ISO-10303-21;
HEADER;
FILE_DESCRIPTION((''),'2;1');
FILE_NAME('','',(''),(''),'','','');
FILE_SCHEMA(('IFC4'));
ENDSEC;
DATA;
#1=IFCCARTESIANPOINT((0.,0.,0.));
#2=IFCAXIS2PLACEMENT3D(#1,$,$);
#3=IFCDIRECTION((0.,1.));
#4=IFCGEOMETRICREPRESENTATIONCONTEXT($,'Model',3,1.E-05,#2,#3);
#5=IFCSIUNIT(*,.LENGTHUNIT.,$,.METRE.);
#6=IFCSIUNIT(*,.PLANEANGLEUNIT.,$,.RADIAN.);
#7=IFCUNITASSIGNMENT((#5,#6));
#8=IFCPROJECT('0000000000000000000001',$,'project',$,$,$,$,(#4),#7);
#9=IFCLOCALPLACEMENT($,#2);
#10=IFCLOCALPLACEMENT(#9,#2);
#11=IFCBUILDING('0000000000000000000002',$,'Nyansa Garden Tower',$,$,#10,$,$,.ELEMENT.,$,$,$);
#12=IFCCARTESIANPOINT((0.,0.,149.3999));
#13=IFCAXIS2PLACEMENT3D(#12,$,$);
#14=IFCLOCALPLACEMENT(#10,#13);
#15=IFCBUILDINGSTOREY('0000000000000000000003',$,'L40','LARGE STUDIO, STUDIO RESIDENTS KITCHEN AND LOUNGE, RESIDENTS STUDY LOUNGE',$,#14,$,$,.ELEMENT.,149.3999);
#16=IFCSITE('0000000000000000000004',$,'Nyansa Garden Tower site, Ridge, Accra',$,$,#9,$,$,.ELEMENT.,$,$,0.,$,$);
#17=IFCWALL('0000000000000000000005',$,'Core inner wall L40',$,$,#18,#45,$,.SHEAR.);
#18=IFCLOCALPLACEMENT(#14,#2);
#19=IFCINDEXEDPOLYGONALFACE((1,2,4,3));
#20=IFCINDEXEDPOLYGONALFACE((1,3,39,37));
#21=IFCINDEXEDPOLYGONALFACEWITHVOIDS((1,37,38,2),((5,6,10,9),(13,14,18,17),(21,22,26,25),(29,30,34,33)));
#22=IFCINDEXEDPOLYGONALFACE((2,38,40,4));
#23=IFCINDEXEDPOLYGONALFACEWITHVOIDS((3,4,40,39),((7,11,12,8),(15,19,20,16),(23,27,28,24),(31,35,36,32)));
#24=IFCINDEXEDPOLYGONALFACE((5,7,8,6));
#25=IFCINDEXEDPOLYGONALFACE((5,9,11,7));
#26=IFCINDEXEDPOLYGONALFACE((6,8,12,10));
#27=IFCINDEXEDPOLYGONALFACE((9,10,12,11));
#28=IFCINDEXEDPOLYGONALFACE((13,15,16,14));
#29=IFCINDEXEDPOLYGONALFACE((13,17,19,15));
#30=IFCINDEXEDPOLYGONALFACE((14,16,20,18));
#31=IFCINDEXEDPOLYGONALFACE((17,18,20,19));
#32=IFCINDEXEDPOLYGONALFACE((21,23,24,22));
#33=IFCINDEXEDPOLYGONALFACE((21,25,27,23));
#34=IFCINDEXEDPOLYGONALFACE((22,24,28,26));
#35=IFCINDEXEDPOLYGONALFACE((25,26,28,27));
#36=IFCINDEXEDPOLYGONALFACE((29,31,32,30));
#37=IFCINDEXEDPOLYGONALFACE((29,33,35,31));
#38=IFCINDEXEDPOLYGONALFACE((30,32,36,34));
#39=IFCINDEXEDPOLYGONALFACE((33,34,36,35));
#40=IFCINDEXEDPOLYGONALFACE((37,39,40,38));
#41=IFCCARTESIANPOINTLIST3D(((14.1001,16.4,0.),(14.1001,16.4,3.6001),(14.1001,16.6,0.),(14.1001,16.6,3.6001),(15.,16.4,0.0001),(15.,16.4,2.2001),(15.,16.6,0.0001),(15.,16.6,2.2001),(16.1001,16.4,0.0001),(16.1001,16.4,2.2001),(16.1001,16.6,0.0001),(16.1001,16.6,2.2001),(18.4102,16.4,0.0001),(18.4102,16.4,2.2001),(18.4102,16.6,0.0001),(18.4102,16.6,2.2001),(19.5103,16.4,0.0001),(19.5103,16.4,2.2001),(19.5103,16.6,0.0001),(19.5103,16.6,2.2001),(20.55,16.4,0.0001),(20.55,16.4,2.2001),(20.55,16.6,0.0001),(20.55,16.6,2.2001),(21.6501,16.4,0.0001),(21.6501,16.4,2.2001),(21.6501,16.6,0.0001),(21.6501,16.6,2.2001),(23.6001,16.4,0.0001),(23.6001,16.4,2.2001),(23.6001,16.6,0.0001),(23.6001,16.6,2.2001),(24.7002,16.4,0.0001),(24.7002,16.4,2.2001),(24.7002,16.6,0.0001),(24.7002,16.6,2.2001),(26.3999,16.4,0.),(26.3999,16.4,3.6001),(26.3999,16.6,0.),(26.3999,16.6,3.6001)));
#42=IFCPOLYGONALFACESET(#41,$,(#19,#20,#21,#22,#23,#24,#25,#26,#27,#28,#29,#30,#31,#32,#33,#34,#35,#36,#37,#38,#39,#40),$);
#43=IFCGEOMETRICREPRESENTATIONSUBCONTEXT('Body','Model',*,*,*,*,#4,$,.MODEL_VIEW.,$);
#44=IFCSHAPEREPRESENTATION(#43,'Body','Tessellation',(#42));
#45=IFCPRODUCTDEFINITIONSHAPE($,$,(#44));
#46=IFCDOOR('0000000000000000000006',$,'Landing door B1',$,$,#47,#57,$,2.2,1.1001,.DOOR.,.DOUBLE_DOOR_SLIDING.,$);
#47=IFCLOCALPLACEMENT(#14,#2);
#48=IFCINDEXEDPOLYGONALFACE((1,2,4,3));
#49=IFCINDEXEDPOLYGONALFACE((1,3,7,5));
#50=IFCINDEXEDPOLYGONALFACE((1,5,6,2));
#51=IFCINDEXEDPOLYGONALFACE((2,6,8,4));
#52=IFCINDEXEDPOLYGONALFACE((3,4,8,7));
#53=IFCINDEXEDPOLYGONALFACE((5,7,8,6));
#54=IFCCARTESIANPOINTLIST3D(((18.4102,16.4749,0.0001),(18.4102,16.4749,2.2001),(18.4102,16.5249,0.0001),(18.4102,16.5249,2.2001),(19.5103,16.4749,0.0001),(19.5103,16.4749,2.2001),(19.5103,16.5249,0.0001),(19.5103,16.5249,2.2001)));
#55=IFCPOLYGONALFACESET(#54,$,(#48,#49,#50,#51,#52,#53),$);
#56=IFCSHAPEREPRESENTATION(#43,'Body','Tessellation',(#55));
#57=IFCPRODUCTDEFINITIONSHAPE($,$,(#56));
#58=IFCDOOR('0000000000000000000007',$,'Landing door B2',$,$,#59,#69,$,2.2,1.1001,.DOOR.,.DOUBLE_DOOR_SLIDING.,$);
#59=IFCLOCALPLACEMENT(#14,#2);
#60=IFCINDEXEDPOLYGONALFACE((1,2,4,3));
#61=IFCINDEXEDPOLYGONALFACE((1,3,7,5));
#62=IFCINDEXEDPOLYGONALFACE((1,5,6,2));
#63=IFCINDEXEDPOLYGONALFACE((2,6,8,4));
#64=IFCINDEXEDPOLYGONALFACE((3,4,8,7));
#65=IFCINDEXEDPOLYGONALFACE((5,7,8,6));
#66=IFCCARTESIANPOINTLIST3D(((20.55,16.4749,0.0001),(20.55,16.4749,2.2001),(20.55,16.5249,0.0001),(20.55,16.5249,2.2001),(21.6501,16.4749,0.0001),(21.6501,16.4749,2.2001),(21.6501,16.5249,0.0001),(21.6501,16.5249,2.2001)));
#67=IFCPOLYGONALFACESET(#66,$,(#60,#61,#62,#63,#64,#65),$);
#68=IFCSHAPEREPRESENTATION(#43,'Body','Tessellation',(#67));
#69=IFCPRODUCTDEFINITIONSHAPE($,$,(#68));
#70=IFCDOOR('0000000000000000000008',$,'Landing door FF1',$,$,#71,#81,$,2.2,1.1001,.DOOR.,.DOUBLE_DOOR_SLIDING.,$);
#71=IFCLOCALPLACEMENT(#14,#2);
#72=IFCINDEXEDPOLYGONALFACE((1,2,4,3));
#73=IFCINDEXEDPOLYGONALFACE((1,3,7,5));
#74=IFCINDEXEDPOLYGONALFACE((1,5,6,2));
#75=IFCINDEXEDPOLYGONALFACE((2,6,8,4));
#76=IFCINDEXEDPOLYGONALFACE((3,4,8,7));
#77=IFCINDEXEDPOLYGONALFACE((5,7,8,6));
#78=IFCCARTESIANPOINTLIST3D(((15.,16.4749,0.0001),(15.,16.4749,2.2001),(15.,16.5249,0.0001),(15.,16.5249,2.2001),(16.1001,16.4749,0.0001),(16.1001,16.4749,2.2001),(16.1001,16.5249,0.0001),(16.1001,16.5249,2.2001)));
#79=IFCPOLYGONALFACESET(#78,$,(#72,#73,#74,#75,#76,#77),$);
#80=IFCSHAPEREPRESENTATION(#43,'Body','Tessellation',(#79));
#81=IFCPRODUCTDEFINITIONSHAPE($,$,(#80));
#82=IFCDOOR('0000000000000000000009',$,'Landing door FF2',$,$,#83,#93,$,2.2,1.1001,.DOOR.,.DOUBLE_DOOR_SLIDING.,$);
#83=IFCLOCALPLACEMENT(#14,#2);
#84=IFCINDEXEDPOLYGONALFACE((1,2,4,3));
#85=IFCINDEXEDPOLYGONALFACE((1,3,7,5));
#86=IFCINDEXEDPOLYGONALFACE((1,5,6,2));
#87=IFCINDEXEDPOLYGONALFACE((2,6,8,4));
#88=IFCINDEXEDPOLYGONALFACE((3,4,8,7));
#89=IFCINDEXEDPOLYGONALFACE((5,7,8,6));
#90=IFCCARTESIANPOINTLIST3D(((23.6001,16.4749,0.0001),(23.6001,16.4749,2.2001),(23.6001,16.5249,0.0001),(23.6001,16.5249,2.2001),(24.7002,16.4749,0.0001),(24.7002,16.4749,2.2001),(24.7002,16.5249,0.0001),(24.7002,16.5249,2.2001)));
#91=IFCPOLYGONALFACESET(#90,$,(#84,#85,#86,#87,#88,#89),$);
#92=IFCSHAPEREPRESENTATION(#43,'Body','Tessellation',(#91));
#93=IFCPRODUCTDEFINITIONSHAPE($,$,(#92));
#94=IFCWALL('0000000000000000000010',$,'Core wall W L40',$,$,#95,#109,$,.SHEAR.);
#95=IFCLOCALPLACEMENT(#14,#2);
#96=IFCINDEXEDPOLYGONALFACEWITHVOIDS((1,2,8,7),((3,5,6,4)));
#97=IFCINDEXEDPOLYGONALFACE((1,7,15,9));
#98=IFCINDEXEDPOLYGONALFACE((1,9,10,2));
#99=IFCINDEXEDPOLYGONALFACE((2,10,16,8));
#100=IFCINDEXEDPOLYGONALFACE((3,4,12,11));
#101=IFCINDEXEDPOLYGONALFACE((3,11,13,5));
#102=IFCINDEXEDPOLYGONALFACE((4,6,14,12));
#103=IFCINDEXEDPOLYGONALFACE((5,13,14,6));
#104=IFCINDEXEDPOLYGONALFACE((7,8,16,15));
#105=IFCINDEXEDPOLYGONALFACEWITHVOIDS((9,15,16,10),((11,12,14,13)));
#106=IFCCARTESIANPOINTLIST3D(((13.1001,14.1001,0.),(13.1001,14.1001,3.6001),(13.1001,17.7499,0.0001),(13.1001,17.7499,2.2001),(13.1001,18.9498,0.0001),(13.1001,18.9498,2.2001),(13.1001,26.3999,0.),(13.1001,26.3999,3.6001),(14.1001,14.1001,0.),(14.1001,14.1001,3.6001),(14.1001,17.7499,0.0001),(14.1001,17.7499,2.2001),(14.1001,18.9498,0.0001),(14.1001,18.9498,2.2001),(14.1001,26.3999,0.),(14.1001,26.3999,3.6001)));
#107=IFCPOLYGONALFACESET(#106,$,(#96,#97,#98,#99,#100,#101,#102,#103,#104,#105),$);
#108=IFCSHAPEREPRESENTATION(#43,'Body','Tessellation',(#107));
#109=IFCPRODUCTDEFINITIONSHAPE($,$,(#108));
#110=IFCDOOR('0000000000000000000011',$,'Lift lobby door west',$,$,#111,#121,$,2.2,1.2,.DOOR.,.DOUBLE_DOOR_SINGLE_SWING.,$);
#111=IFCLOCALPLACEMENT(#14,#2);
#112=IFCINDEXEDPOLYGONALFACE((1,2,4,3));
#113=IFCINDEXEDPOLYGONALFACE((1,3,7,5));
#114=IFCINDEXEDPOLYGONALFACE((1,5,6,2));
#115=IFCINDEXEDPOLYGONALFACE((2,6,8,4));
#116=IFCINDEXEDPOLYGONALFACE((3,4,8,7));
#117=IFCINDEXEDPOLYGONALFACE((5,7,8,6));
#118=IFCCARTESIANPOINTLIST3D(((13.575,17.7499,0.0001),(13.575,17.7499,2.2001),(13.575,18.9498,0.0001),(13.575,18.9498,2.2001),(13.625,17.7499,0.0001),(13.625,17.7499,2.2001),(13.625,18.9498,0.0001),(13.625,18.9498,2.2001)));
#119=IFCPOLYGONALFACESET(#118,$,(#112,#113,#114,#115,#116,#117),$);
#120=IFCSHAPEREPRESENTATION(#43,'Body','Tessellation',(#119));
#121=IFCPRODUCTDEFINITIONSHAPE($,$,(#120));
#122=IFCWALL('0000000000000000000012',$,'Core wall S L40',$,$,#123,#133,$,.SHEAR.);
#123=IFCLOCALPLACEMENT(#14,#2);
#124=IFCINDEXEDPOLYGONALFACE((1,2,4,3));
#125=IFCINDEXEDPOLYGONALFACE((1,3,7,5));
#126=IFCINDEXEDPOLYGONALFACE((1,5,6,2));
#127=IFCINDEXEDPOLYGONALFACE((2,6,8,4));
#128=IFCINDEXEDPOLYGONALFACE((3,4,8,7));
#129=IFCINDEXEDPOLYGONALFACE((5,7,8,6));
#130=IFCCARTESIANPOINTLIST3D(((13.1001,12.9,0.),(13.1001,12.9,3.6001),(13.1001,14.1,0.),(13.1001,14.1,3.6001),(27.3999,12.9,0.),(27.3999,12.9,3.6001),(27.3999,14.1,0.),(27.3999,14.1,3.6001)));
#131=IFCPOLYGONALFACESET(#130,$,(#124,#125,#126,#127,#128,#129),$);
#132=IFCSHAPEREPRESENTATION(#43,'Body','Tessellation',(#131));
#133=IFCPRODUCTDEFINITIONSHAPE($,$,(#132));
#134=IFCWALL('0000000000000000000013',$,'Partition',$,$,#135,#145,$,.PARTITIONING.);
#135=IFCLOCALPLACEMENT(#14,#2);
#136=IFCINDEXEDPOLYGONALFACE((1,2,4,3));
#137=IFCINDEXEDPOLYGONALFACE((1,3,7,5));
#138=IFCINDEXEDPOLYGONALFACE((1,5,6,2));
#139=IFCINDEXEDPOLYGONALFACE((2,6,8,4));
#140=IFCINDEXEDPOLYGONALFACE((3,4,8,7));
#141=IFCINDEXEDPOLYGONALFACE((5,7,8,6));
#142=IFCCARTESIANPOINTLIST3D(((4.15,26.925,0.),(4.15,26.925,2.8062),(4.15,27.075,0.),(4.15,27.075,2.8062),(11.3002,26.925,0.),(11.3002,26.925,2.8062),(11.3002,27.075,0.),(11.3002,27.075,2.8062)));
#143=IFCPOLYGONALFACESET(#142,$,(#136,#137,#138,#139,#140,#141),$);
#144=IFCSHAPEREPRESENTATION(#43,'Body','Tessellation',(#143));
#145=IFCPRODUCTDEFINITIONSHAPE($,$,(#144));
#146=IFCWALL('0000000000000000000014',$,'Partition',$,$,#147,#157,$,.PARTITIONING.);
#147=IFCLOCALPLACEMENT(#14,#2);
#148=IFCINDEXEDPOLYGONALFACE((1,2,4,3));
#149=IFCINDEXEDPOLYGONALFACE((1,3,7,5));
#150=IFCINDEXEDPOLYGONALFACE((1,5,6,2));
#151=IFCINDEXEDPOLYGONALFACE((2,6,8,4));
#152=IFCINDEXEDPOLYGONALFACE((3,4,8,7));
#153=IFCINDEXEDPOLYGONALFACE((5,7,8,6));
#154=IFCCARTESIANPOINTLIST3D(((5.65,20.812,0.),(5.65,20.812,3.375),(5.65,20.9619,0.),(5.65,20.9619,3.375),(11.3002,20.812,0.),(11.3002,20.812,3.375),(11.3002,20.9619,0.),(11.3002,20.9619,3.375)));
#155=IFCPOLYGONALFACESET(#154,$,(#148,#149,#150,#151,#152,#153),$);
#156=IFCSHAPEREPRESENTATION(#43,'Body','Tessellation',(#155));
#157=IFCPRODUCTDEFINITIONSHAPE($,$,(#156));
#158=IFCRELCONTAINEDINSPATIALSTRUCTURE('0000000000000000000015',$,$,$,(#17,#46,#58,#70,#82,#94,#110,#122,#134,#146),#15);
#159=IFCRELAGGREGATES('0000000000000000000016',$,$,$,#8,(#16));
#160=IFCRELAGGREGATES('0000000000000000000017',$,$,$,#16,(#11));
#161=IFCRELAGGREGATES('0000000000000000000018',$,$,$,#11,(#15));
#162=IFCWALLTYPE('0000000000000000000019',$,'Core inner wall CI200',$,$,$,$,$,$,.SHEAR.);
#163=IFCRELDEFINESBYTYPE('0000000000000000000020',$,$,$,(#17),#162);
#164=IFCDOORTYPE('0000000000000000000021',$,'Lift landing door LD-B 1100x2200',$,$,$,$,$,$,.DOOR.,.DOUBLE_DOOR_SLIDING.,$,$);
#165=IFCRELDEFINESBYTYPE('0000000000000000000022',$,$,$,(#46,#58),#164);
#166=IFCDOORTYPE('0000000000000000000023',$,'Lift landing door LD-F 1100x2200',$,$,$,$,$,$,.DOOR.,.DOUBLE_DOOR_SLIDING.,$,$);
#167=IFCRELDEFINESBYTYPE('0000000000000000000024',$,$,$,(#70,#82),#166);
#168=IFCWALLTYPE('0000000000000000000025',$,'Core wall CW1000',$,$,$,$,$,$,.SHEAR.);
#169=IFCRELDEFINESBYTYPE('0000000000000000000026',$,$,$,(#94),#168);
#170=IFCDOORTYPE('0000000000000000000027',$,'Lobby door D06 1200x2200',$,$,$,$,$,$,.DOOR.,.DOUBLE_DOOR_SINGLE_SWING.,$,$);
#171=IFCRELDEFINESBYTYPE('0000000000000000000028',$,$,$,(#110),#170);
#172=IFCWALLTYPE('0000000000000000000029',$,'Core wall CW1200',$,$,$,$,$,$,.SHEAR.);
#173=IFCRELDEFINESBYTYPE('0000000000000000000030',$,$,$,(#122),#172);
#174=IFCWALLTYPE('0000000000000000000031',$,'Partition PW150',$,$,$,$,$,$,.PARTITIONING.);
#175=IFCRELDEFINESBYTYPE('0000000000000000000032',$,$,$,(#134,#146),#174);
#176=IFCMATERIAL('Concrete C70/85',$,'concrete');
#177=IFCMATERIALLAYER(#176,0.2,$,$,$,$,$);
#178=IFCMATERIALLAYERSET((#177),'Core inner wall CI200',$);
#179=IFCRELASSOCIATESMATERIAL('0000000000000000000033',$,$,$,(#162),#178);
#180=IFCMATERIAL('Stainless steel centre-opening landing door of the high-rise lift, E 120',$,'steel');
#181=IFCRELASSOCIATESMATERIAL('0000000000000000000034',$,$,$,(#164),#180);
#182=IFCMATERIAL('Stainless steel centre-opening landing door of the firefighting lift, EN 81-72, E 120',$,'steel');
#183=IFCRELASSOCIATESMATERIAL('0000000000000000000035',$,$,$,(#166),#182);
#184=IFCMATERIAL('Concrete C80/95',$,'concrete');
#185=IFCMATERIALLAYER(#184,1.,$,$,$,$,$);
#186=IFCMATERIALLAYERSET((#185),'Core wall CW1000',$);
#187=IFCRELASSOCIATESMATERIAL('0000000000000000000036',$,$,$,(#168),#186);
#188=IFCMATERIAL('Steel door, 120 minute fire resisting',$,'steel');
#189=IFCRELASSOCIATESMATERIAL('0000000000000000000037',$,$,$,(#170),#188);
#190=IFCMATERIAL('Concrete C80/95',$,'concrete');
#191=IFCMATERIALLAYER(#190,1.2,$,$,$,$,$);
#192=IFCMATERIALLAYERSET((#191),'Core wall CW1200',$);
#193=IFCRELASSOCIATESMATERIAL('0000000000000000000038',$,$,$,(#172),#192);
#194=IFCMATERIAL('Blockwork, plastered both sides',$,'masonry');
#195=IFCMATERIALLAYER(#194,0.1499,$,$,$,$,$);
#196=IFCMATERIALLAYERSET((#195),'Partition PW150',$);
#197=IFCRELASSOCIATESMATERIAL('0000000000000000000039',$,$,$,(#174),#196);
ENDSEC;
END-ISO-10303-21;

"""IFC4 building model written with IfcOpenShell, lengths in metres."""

from ifc_helpers import new_model, si_unit, direction, frame, frame_2d, origin, place, context, subcontext, project, spatial, rectangle, extrude, material, layer, layer_set, type_object, element, fill, save


model = new_model("IFC4")

# Units and contexts
model_context = context("Model", 3, precision=1e-05, world=origin(), true_north=direction((0.0, 1.0)))
body_context = subcontext(model_context, "Body", "Model", "MODEL_VIEW")
ifc_project = project(units=[si_unit("LENGTHUNIT", "METRE"), si_unit("PLANEANGLEUNIT", "RADIAN")], contexts=[model_context])

# Site, building, storey
site_placement = place(None, origin())
site = spatial("IfcSite", under=ifc_project, at=site_placement, Name="Nyansa Garden Tower site, Ridge, Accra", CompositionType="ELEMENT", RefElevation=0.0)
building_placement = place(site_placement, origin())
building = spatial("IfcBuilding", under=site, at=building_placement, Name="Nyansa Garden Tower", CompositionType="ELEMENT")
storey_placement = place(building_placement, frame((0.0, 0.0, 149.3999)))
storey = spatial("IfcBuildingStorey", under=building, at=storey_placement, Name="L40", Description="LARGE STUDIO, STUDIO RESIDENTS KITCHEN AND LOUNGE, RESIDENTS STUDY LOUNGE", CompositionType="ELEMENT", Elevation=149.3999)

# Wall, openings, doors
ifc_material_1 = material(Name="Concrete C70/85", Category="concrete")
ifc_layer_1 = layer(ifc_material_1, 0.2)
ifc_layer_set_1 = layer_set([ifc_layer_1], Name="Core inner wall CI200")
wall_type_1 = type_object("IfcWallType", Name="Core inner wall CI200", PredefinedType="SHEAR", material=ifc_layer_set_1)
wall_1_placement = place(storey_placement, frame((14.1001, 16.5, 0.0), z_axis=(0.0, 0.0, 1.0), x_axis=(1.0, 0.0, 0.0)))
wall_1 = element("IfcWall", 1, at=wall_1_placement, inside=storey, type_object=wall_type_1, Name="Core inner wall L40", PredefinedType="SHEAR", context=body_context, shape_type="SweptSolid", body=[
    extrude(rectangle(XDim=12.2998, YDim=0.2, at=frame_2d((6.1499, 0.0))), origin(), (0.0, 0.0, 1.0), 3.6001),
])
opening_1_placement = place(wall_1_placement, frame((0.8999, 0.0, 0.0)))
opening_1 = element("IfcOpeningElement", 2, at=opening_1_placement, cuts=wall_1, PredefinedType="OPENING", context=body_context, shape_type="SweptSolid", body=[
    extrude(rectangle(XDim=1.1001, YDim=2.2, at=frame_2d((0.55, 1.1001))), frame((0.0, 0.1099, 0.0), z_axis=(0.0, -1.0, 0.0), x_axis=(1.0, 0.0, 0.0)), (0.0, 0.0, 1.0), 0.22),
])
opening_2_placement = place(wall_1_placement, frame((4.3101, 0.0, 0.0)))
opening_2 = element("IfcOpeningElement", 3, at=opening_2_placement, cuts=wall_1, PredefinedType="OPENING", context=body_context, shape_type="SweptSolid", body=[
    extrude(rectangle(XDim=1.1001, YDim=2.2, at=frame_2d((0.55, 1.1001))), frame((0.0, 0.1099, 0.0), z_axis=(0.0, -1.0, 0.0), x_axis=(1.0, 0.0, 0.0)), (0.0, 0.0, 1.0), 0.22),
])
opening_3_placement = place(wall_1_placement, frame((6.45, 0.0, 0.0)))
opening_3 = element("IfcOpeningElement", 4, at=opening_3_placement, cuts=wall_1, PredefinedType="OPENING", context=body_context, shape_type="SweptSolid", body=[
    extrude(rectangle(XDim=1.1001, YDim=2.2, at=frame_2d((0.55, 1.1001))), frame((0.0, 0.1099, 0.0), z_axis=(0.0, -1.0, 0.0), x_axis=(1.0, 0.0, 0.0)), (0.0, 0.0, 1.0), 0.22),
])
opening_4_placement = place(wall_1_placement, frame((9.5, 0.0, 0.0)))
opening_4 = element("IfcOpeningElement", 5, at=opening_4_placement, cuts=wall_1, PredefinedType="OPENING", context=body_context, shape_type="SweptSolid", body=[
    extrude(rectangle(XDim=1.1001, YDim=2.2, at=frame_2d((0.55, 1.1001))), frame((0.0, 0.1099, 0.0), z_axis=(0.0, -1.0, 0.0), x_axis=(1.0, 0.0, 0.0)), (0.0, 0.0, 1.0), 0.22),
])
ifc_material_2 = material(Name="Stainless steel centre-opening landing door of the high-rise lift, E 120", Category="steel")
door_type_1 = type_object("IfcDoorType", Name="Lift landing door LD-B 1100x2200", OperationType="DOUBLE_DOOR_SLIDING", PredefinedType="DOOR", material=ifc_material_2)
door_1_placement = place(opening_2_placement, origin())
door_1 = element("IfcDoor", 6, at=door_1_placement, inside=storey, type_object=door_type_1, Name="Landing door B1", OperationType="DOUBLE_DOOR_SLIDING", OverallHeight=2.2, OverallWidth=1.1001, PredefinedType="DOOR", context=body_context, shape_type="SweptSolid", body=[
    extrude(rectangle(XDim=1.1001, YDim=2.2, at=frame_2d((0.55, 1.1001))), frame((0.0, 0.0249, 0.0), z_axis=(0.0, -1.0, 0.0), x_axis=(1.0, 0.0, 0.0)), (0.0, 0.0, 1.0), 0.05),
])
fill(opening_2, door_1)
door_2_placement = place(opening_3_placement, origin())
door_2 = element("IfcDoor", 7, at=door_2_placement, inside=storey, type_object=door_type_1, Name="Landing door B2", OperationType="DOUBLE_DOOR_SLIDING", OverallHeight=2.2, OverallWidth=1.1001, PredefinedType="DOOR", context=body_context, shape_type="SweptSolid", body=[
    extrude(rectangle(XDim=1.1001, YDim=2.2, at=frame_2d((0.55, 1.1001))), frame((0.0, 0.0249, 0.0), z_axis=(0.0, -1.0, 0.0), x_axis=(1.0, 0.0, 0.0)), (0.0, 0.0, 1.0), 0.05),
])
fill(opening_3, door_2)
ifc_material_3 = material(Name="Stainless steel centre-opening landing door of the firefighting lift, EN 81-72, E 120", Category="steel")
door_type_2 = type_object("IfcDoorType", Name="Lift landing door LD-F 1100x2200", OperationType="DOUBLE_DOOR_SLIDING", PredefinedType="DOOR", material=ifc_material_3)
door_3_placement = place(opening_1_placement, origin())
door_3 = element("IfcDoor", 8, at=door_3_placement, inside=storey, type_object=door_type_2, Name="Landing door FF1", OperationType="DOUBLE_DOOR_SLIDING", OverallHeight=2.2, OverallWidth=1.1001, PredefinedType="DOOR", context=body_context, shape_type="SweptSolid", body=[
    extrude(rectangle(XDim=1.1001, YDim=2.2, at=frame_2d((0.55, 1.1001))), frame((0.0, 0.0249, 0.0), z_axis=(0.0, -1.0, 0.0), x_axis=(1.0, 0.0, 0.0)), (0.0, 0.0, 1.0), 0.05),
])
fill(opening_1, door_3)
door_4_placement = place(opening_4_placement, origin())
door_4 = element("IfcDoor", 9, at=door_4_placement, inside=storey, type_object=door_type_2, Name="Landing door FF2", OperationType="DOUBLE_DOOR_SLIDING", OverallHeight=2.2, OverallWidth=1.1001, PredefinedType="DOOR", context=body_context, shape_type="SweptSolid", body=[
    extrude(rectangle(XDim=1.1001, YDim=2.2, at=frame_2d((0.55, 1.1001))), frame((0.0, 0.0249, 0.0), z_axis=(0.0, -1.0, 0.0), x_axis=(1.0, 0.0, 0.0)), (0.0, 0.0, 1.0), 0.05),
])
fill(opening_4, door_4)

# Wall, opening, door
ifc_material_4 = material(Name="Concrete C80/95", Category="concrete")
ifc_layer_2 = layer(ifc_material_4, 1.0)
ifc_layer_set_2 = layer_set([ifc_layer_2], Name="Core wall CW1000")
wall_type_2 = type_object("IfcWallType", Name="Core wall CW1000", PredefinedType="SHEAR", material=ifc_layer_set_2)
wall_2_placement = place(storey_placement, frame((13.6001, 26.3999, 0.0), z_axis=(0.0, 0.0, 1.0), x_axis=(0.0, -1.0, 0.0)))
wall_2 = element("IfcWall", 10, at=wall_2_placement, inside=storey, type_object=wall_type_2, Name="Core wall W L40", PredefinedType="SHEAR", context=body_context, shape_type="SweptSolid", body=[
    extrude(rectangle(XDim=12.2998, YDim=1.0, at=frame_2d((6.1499, 0.0))), origin(), (0.0, 0.0, 1.0), 3.6001),
])
opening_5_placement = place(wall_2_placement, frame((7.45, 0.0, 0.0)))
opening_5 = element("IfcOpeningElement", 11, at=opening_5_placement, cuts=wall_2, PredefinedType="OPENING", context=body_context, shape_type="SweptSolid", body=[
    extrude(rectangle(XDim=1.2, YDim=2.2, at=frame_2d((0.6001, 1.1001))), frame((0.0, 0.51, 0.0), z_axis=(0.0, -1.0, 0.0), x_axis=(1.0, 0.0, 0.0)), (0.0, 0.0, 1.0), 1.02),
])
ifc_material_5 = material(Name="Steel door, 120 minute fire resisting", Category="steel")
door_type_3 = type_object("IfcDoorType", Name="Lobby door D06 1200x2200", OperationType="DOUBLE_DOOR_SINGLE_SWING", PredefinedType="DOOR", material=ifc_material_5)
door_5_placement = place(opening_5_placement, origin())
door_5 = element("IfcDoor", 12, at=door_5_placement, inside=storey, type_object=door_type_3, Name="Lift lobby door west", OperationType="DOUBLE_DOOR_SINGLE_SWING", OverallHeight=2.2, OverallWidth=1.2, PredefinedType="DOOR", context=body_context, shape_type="SweptSolid", body=[
    extrude(rectangle(XDim=1.2, YDim=2.2, at=frame_2d((0.6001, 1.1001))), frame((0.0, 0.0249, 0.0), z_axis=(0.0, -1.0, 0.0), x_axis=(1.0, 0.0, 0.0)), (0.0, 0.0, 1.0), 0.05),
])
fill(opening_5, door_5)

# Walls
ifc_material_6 = material(Name="Concrete C80/95", Category="concrete")
ifc_layer_3 = layer(ifc_material_6, 1.2)
ifc_layer_set_3 = layer_set([ifc_layer_3], Name="Core wall CW1200")
wall_type_3 = type_object("IfcWallType", Name="Core wall CW1200", PredefinedType="SHEAR", material=ifc_layer_set_3)
wall_3_placement = place(storey_placement, frame((13.1001, 13.5, 0.0), z_axis=(0.0, 0.0, 1.0), x_axis=(1.0, 0.0, 0.0)))
element("IfcWall", 13, at=wall_3_placement, inside=storey, type_object=wall_type_3, Name="Core wall S L40", PredefinedType="SHEAR", context=body_context, shape_type="SweptSolid", body=[
    extrude(rectangle(XDim=14.2998, YDim=1.2, at=frame_2d((7.1499, 0.0))), origin(), (0.0, 0.0, 1.0), 3.6001),
])
ifc_material_7 = material(Name="Blockwork, plastered both sides", Category="masonry")
ifc_layer_4 = layer(ifc_material_7, 0.1499)
ifc_layer_set_4 = layer_set([ifc_layer_4], Name="Partition PW150")
wall_type_4 = type_object("IfcWallType", Name="Partition PW150", PredefinedType="PARTITIONING", material=ifc_layer_set_4)
wall_4_placement = place(storey_placement, frame((4.1499, 27.0, 0.0), z_axis=(0.0, 0.0, 1.0), x_axis=(1.0, 0.0, 0.0)))
element("IfcWall", 14, at=wall_4_placement, inside=storey, type_object=wall_type_4, Name="Partition", PredefinedType="PARTITIONING", context=body_context, shape_type="SweptSolid", body=[
    extrude(rectangle(XDim=7.1501, YDim=0.1499, at=frame_2d((3.5752, 0.0))), origin(), (0.0, 0.0, 1.0), 2.8062),
])
wall_5_placement = place(storey_placement, frame((5.6499, 20.887, 0.0), z_axis=(0.0, 0.0, 1.0), x_axis=(1.0, 0.0, 0.0)))
element("IfcWall", 15, at=wall_5_placement, inside=storey, type_object=wall_type_4, Name="Partition", PredefinedType="PARTITIONING", context=body_context, shape_type="SweptSolid", body=[
    extrude(rectangle(XDim=5.6501, YDim=0.1499, at=frame_2d((2.8252, 0.0))), origin(), (0.0, 0.0, 1.0), 3.375),
])

save(model, "model.ifc")
